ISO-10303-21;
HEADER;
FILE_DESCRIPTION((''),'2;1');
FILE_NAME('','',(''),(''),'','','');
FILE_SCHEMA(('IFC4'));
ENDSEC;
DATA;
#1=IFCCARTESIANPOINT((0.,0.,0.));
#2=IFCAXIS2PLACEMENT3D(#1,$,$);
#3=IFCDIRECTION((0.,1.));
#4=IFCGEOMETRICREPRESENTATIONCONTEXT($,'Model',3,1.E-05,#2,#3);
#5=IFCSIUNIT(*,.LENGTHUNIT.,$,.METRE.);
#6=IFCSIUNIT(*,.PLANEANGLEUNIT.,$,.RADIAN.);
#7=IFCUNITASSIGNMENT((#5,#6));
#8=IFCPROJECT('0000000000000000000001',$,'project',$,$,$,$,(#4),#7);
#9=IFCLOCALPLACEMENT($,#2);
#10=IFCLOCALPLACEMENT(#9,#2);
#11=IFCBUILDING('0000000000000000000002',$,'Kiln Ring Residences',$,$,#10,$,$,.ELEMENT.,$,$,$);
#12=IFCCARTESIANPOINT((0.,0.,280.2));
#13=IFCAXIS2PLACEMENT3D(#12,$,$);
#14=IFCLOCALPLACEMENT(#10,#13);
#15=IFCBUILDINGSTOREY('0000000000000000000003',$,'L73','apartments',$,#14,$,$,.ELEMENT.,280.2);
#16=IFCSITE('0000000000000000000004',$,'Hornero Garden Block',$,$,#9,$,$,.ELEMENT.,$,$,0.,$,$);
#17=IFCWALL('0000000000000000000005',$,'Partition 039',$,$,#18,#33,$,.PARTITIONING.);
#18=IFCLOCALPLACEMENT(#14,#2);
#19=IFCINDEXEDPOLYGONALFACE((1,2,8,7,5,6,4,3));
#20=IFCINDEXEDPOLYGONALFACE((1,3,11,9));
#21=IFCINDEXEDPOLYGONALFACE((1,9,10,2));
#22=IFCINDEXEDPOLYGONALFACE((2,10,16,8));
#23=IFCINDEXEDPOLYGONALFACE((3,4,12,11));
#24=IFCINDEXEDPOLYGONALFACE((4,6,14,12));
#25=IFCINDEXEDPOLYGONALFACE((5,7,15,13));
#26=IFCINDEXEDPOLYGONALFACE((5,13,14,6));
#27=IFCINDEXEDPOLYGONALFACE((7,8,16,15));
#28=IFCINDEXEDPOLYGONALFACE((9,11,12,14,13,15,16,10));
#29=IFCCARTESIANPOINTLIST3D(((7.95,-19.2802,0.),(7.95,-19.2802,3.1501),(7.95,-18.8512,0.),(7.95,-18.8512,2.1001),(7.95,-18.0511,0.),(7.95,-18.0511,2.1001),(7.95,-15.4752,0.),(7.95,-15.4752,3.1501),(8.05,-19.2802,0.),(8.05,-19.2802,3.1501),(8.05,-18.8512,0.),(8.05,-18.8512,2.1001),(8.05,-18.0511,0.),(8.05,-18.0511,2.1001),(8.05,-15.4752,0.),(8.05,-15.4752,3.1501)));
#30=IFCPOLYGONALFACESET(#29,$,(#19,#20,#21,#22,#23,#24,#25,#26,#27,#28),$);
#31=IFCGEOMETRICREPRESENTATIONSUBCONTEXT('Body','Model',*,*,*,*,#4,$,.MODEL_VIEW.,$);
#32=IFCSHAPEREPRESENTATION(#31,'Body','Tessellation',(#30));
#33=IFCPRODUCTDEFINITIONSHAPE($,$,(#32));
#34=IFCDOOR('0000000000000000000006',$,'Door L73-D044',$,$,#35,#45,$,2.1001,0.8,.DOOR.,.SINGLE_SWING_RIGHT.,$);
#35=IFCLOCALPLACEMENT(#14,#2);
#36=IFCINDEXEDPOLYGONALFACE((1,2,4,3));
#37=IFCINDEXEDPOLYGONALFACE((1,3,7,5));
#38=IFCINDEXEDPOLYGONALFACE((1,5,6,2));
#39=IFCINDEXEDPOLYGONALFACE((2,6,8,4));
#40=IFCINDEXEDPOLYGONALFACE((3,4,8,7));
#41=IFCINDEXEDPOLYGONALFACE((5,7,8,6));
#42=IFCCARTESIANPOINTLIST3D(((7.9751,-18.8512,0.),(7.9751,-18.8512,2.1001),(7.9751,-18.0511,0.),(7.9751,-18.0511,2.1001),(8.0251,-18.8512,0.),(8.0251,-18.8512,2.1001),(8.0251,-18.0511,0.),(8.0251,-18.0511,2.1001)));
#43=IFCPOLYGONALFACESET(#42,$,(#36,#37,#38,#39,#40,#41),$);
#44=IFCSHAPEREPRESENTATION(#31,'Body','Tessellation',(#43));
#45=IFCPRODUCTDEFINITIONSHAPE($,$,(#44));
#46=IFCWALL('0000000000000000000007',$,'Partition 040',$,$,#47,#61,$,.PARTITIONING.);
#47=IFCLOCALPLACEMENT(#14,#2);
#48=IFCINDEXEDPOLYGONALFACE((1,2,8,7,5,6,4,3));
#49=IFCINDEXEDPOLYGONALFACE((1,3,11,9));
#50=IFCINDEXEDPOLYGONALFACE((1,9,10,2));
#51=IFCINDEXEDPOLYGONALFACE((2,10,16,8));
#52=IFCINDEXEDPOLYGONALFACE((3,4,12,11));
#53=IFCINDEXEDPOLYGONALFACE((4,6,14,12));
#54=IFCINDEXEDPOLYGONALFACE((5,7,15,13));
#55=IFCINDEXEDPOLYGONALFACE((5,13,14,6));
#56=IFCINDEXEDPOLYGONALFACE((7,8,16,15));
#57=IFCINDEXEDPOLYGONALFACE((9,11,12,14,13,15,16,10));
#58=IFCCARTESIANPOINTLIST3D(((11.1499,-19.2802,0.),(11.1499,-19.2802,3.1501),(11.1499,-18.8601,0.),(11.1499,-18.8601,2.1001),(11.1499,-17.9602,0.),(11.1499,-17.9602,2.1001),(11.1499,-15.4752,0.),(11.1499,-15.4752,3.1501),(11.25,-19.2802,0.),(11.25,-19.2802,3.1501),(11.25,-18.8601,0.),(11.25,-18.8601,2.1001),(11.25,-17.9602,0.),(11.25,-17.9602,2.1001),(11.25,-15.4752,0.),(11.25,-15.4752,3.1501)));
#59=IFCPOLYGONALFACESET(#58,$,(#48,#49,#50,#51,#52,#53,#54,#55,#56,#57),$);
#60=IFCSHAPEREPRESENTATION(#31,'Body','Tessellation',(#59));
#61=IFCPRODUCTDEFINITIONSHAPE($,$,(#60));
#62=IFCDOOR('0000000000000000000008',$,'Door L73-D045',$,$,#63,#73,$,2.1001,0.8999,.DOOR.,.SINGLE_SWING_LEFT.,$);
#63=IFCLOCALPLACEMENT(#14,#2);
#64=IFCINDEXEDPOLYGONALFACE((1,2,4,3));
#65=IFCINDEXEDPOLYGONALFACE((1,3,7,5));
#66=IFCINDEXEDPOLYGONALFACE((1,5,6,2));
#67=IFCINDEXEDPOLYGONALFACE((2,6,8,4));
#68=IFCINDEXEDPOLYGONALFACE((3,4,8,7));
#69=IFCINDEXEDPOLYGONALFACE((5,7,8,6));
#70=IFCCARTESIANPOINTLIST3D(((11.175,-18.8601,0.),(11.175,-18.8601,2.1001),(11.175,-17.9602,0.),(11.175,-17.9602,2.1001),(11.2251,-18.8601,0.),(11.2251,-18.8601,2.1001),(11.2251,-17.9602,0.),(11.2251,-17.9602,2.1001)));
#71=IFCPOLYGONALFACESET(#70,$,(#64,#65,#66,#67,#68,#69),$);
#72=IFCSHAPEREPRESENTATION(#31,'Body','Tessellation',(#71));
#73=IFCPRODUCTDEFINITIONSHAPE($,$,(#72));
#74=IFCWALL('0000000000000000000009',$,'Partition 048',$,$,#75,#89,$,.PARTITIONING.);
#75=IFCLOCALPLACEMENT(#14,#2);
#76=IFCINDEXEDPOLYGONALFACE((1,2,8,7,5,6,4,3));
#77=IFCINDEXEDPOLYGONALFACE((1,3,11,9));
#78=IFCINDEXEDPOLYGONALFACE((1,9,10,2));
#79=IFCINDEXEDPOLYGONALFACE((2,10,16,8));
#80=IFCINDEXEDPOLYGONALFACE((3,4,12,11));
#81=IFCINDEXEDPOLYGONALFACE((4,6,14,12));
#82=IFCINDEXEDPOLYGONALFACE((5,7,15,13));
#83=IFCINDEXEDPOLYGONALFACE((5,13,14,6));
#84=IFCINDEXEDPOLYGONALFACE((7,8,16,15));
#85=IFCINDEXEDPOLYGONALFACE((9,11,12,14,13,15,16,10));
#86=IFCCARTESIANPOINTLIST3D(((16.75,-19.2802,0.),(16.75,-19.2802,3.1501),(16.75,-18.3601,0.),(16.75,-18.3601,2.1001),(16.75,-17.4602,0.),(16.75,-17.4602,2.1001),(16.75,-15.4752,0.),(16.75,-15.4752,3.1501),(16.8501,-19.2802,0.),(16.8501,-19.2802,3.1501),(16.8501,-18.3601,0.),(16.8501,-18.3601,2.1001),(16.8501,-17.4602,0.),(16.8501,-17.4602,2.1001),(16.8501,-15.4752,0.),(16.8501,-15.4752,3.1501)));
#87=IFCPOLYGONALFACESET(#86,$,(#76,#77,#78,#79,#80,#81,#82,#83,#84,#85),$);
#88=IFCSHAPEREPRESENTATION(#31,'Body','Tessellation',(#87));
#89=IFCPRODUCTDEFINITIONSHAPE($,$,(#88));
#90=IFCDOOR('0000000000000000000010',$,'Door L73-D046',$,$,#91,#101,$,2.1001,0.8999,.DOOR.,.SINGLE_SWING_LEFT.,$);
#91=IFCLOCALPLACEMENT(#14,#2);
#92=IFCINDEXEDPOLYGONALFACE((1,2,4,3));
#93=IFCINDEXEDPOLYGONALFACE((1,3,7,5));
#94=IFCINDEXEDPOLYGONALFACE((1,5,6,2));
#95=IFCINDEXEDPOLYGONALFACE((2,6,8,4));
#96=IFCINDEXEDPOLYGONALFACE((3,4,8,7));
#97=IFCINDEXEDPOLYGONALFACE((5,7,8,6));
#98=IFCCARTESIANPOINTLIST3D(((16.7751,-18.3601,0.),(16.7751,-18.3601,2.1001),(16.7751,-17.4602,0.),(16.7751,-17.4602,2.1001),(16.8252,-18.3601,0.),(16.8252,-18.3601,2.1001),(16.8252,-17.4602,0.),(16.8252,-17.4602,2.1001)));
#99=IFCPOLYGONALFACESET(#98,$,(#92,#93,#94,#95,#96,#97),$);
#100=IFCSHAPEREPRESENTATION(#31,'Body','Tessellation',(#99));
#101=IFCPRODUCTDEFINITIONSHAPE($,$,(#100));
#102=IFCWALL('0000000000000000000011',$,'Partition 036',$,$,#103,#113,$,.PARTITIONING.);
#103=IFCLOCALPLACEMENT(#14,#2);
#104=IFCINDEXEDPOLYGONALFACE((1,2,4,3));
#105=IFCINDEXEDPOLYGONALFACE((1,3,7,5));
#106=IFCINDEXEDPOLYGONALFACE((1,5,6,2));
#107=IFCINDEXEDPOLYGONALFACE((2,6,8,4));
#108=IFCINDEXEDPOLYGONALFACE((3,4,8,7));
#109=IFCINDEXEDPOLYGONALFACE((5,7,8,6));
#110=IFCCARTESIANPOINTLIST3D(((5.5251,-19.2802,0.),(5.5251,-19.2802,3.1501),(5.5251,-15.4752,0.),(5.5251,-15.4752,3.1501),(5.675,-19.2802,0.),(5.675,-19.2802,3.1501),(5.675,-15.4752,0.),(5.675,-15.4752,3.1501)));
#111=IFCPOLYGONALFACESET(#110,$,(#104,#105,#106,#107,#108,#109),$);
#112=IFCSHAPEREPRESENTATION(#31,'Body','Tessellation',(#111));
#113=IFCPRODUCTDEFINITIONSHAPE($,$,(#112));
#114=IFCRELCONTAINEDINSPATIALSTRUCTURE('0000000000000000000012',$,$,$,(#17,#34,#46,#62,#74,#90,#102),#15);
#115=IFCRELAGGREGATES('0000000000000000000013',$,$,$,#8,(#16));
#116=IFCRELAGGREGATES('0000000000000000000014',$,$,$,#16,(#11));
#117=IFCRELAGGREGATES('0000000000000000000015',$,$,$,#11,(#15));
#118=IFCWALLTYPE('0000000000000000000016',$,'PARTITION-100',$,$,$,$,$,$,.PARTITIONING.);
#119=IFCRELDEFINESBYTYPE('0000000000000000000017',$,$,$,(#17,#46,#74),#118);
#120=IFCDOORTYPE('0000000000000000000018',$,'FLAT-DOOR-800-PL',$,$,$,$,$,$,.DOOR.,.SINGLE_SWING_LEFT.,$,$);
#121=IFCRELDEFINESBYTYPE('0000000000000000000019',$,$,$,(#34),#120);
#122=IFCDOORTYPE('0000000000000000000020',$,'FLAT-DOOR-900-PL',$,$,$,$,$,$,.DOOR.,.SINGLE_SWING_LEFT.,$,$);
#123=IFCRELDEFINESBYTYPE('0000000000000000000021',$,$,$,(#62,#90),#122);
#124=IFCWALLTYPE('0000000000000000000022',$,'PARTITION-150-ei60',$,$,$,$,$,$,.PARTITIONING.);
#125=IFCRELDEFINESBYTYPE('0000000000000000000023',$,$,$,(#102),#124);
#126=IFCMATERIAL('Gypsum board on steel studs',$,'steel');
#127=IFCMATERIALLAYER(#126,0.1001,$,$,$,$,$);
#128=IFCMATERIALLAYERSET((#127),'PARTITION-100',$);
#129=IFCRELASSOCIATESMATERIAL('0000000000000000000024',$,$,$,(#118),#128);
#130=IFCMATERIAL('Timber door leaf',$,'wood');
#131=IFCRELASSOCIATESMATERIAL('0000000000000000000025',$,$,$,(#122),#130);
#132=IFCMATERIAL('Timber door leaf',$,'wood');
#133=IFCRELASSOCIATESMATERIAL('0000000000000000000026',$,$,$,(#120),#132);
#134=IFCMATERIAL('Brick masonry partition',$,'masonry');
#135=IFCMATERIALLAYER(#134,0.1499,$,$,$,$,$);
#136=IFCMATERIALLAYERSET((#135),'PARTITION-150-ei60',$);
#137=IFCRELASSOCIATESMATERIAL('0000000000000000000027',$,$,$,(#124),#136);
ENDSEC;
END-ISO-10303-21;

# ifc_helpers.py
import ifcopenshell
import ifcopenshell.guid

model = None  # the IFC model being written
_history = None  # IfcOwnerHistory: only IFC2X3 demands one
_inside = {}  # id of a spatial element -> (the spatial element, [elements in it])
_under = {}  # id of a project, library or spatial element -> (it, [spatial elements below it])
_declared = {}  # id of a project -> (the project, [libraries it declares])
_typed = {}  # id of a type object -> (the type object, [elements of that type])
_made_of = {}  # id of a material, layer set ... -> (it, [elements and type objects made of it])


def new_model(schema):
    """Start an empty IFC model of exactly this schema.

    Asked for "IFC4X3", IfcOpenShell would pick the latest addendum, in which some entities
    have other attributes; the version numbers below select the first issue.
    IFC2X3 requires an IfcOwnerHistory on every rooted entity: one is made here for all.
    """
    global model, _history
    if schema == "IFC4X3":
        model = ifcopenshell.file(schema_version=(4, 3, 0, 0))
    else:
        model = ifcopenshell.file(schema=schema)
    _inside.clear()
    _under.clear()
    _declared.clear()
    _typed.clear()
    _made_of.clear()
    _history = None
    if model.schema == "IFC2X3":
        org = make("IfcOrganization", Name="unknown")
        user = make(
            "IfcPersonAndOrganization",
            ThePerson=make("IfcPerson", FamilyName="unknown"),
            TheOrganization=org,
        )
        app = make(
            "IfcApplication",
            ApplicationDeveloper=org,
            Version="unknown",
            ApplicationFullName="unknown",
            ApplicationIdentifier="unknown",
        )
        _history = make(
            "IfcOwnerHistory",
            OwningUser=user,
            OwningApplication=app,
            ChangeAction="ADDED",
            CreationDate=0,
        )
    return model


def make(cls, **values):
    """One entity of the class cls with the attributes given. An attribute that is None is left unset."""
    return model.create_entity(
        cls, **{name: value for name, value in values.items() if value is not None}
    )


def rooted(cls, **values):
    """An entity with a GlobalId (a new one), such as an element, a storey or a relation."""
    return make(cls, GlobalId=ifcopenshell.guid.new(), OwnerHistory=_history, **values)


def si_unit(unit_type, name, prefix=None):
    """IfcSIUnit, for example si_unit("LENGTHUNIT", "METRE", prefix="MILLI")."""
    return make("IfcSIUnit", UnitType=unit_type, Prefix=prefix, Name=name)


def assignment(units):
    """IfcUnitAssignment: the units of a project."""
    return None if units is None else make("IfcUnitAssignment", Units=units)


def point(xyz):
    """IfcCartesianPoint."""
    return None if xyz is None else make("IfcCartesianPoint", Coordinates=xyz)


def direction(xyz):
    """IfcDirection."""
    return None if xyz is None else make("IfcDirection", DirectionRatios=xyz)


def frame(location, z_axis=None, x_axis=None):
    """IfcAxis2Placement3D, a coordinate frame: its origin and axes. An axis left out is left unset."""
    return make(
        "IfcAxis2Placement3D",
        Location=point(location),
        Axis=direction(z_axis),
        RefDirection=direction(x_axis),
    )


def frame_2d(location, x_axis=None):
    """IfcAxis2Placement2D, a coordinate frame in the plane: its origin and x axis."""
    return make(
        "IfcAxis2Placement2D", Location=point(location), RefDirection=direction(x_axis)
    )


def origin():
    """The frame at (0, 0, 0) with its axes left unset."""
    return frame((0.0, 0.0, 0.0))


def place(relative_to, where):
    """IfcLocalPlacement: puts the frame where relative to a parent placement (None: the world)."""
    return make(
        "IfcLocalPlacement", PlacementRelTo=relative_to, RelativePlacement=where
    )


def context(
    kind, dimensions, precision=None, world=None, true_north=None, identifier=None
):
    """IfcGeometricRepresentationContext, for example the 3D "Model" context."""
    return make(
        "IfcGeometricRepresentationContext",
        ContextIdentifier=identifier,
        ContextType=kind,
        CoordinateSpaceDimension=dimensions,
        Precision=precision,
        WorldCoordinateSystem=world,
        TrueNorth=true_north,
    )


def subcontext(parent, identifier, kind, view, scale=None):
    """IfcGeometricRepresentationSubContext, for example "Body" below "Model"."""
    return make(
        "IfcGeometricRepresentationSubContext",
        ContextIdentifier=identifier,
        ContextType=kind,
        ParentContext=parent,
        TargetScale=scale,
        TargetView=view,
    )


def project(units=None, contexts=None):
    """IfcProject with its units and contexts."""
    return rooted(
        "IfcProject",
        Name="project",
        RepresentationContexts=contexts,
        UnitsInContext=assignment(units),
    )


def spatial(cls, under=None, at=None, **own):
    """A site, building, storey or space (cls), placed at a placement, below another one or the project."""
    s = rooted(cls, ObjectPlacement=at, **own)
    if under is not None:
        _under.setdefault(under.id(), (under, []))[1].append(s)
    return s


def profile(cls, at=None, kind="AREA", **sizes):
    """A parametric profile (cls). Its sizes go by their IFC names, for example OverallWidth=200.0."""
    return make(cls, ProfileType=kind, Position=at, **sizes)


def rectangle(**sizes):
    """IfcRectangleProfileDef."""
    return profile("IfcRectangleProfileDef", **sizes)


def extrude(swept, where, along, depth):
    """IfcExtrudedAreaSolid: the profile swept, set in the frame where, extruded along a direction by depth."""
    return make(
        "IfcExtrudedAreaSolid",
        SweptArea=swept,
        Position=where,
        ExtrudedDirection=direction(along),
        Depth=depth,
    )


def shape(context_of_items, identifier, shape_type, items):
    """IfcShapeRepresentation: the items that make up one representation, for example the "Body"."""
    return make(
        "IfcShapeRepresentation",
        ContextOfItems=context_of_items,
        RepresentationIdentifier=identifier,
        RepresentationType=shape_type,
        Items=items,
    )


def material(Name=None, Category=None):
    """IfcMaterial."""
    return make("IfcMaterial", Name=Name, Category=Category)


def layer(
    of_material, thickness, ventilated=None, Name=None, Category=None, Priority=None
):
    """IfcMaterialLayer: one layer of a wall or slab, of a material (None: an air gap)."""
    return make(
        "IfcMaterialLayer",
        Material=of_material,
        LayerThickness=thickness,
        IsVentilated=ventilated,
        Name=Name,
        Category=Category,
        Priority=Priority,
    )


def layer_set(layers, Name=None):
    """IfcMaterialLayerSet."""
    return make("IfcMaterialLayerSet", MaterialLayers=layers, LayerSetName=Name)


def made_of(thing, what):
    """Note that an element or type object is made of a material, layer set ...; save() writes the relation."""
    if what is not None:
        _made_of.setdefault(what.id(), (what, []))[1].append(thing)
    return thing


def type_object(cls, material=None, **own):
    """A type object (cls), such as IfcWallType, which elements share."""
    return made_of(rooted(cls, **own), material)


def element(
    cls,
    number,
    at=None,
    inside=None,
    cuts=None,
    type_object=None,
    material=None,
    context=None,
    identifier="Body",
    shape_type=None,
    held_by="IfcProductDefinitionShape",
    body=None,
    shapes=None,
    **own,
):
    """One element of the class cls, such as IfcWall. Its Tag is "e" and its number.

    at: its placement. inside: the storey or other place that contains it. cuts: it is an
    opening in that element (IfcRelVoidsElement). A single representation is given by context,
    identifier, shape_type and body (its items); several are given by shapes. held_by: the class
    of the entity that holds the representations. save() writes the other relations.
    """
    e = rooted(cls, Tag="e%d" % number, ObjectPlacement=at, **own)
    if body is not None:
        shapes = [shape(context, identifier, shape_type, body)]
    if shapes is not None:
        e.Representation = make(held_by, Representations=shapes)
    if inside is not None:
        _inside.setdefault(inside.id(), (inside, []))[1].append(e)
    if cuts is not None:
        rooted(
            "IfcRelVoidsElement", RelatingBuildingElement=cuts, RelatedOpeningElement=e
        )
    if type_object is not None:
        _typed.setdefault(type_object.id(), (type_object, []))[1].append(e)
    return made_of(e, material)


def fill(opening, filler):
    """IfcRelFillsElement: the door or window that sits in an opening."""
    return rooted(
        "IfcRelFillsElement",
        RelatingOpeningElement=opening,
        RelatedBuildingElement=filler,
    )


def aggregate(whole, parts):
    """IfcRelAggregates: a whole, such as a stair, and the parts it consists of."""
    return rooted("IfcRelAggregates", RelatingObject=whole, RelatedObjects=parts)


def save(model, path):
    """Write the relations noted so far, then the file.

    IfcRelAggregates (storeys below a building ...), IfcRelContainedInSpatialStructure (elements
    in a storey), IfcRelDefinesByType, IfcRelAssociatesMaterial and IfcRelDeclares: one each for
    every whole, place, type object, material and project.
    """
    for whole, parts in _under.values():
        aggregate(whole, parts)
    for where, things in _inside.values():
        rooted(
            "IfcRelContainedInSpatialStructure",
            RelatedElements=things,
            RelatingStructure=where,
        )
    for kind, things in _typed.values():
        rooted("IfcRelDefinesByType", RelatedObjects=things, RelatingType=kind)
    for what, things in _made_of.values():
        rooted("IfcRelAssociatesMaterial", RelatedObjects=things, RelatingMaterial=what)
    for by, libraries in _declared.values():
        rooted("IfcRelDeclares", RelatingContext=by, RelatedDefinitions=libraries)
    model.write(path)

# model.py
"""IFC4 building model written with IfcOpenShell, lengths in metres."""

from ifc_helpers import new_model, si_unit, direction, frame, frame_2d, origin, place, context, subcontext, project, spatial, rectangle, extrude, material, layer, layer_set, type_object, element, fill, save


model = new_model("IFC4")

# Units and contexts
model_context = context("Model", 3, precision=1e-05, world=origin(), true_north=direction((0.0, 1.0)))
body_context = subcontext(model_context, "Body", "Model", "MODEL_VIEW")
ifc_project = project(units=[si_unit("LENGTHUNIT", "METRE"), si_unit("PLANEANGLEUNIT", "RADIAN")], contexts=[model_context])

# Site, building, storey
site_placement = place(None, origin())
site = spatial("IfcSite", under=ifc_project, at=site_placement, Name="Hornero Garden Block", CompositionType="ELEMENT", RefElevation=0.0)
building_placement = place(site_placement, origin())
building = spatial("IfcBuilding", under=site, at=building_placement, Name="Kiln Ring Residences", CompositionType="ELEMENT")
storey_placement = place(building_placement, frame((0.0, 0.0, 280.2)))
storey = spatial("IfcBuildingStorey", under=building, at=storey_placement, Name="L73", Description="apartments", CompositionType="ELEMENT", Elevation=280.2)

# Walls, openings, doors
ifc_material_1 = material(Name="Gypsum board on steel studs", Category="steel")
ifc_layer_1 = layer(ifc_material_1, 0.1001)
ifc_layer_set_1 = layer_set([ifc_layer_1], Name="PARTITION-100")
wall_type_1 = type_object("IfcWallType", Name="PARTITION-100", PredefinedType="PARTITIONING", material=ifc_layer_set_1)
ifc_material_2 = material(Name="Timber door leaf", Category="wood")
door_type_1 = type_object("IfcDoorType", Name="FLAT-DOOR-900-PL", OperationType="SINGLE_SWING_LEFT", PredefinedType="DOOR", material=ifc_material_2)
wall_1_placement = place(storey_placement, frame((8.0, -19.28, 0.0), z_axis=(0.0, 0.0, 1.0), x_axis=(0.0, 1.0, 0.0)))
wall_1 = element("IfcWall", 1, at=wall_1_placement, inside=storey, type_object=wall_type_1, Name="Partition 039", PredefinedType="PARTITIONING", context=body_context, shape_type="SweptSolid", body=[
    extrude(rectangle(XDim=3.8049, YDim=0.1001, at=frame_2d((1.9023, 0.0))), origin(), (0.0, 0.0, 1.0), 3.1501),
])
opening_1_placement = place(wall_1_placement, frame((0.429, 0.0, 0.0)))
opening_1 = element("IfcOpeningElement", 2, at=opening_1_placement, cuts=wall_1, PredefinedType="OPENING", context=body_context, shape_type="SweptSolid", body=[
    extrude(rectangle(XDim=0.8, YDim=2.1001, at=frame_2d((0.3999, 1.05))), frame((0.0, 0.0601, 0.0), z_axis=(0.0, -1.0, 0.0), x_axis=(1.0, 0.0, 0.0)), (0.0, 0.0, 1.0), 0.1201),
])
ifc_material_3 = material(Name="Timber door leaf", Category="wood")
door_type_2 = type_object("IfcDoorType", Name="FLAT-DOOR-800-PL", OperationType="SINGLE_SWING_LEFT", PredefinedType="DOOR", material=ifc_material_3)
door_1_placement = place(opening_1_placement, origin())
door_1 = element("IfcDoor", 3, at=door_1_placement, inside=storey, type_object=door_type_2, Name="Door L73-D044", OperationType="SINGLE_SWING_RIGHT", OverallHeight=2.1001, OverallWidth=0.8, PredefinedType="DOOR", context=body_context, shape_type="SweptSolid", body=[
    extrude(rectangle(XDim=0.8, YDim=2.1001, at=frame_2d((0.3999, 1.05))), frame((0.0, 0.0249, 0.0), z_axis=(0.0, -1.0, 0.0), x_axis=(1.0, 0.0, 0.0)), (0.0, 0.0, 1.0), 0.05),
])
fill(opening_1, door_1)
wall_2_placement = place(storey_placement, frame((11.2, -19.28, 0.0), z_axis=(0.0, 0.0, 1.0), x_axis=(0.0, 1.0, 0.0)))
wall_2 = element("IfcWall", 4, at=wall_2_placement, inside=storey, type_object=wall_type_1, Name="Partition 040", PredefinedType="PARTITIONING", context=body_context, shape_type="SweptSolid", body=[
    extrude(rectangle(XDim=3.8049, YDim=0.1001, at=frame_2d((1.9023, 0.0))), origin(), (0.0, 0.0, 1.0), 3.1501),
])
opening_2_placement = place(wall_2_placement, frame((0.4199, 0.0, 0.0)))
opening_2 = element("IfcOpeningElement", 5, at=opening_2_placement, cuts=wall_2, PredefinedType="OPENING", context=body_context, shape_type="SweptSolid", body=[
    extrude(rectangle(XDim=0.8999, YDim=2.1001, at=frame_2d((0.45, 1.05))), frame((0.0, 0.0601, 0.0), z_axis=(0.0, -1.0, 0.0), x_axis=(1.0, 0.0, 0.0)), (0.0, 0.0, 1.0), 0.1201),
])
door_2_placement = place(opening_2_placement, origin())
door_2 = element("IfcDoor", 6, at=door_2_placement, inside=storey, type_object=door_type_1, Name="Door L73-D045", OperationType="SINGLE_SWING_LEFT", OverallHeight=2.1001, OverallWidth=0.8999, PredefinedType="DOOR", context=body_context, shape_type="SweptSolid", body=[
    extrude(rectangle(XDim=0.8999, YDim=2.1001, at=frame_2d((0.45, 1.05))), frame((0.0, 0.0249, 0.0), z_axis=(0.0, -1.0, 0.0), x_axis=(1.0, 0.0, 0.0)), (0.0, 0.0, 1.0), 0.05),
])
fill(opening_2, door_2)
wall_3_placement = place(storey_placement, frame((16.8, -19.28, 0.0), z_axis=(0.0, 0.0, 1.0), x_axis=(0.0, 1.0, 0.0)))
wall_3 = element("IfcWall", 7, at=wall_3_placement, inside=storey, type_object=wall_type_1, Name="Partition 048", PredefinedType="PARTITIONING", context=body_context, shape_type="SweptSolid", body=[
    extrude(rectangle(XDim=3.8049, YDim=0.1001, at=frame_2d((1.9023, 0.0))), origin(), (0.0, 0.0, 1.0), 3.1501),
])
opening_3_placement = place(wall_3_placement, frame((0.9199, 0.0, 0.0)))
opening_3 = element("IfcOpeningElement", 8, at=opening_3_placement, cuts=wall_3, PredefinedType="OPENING", context=body_context, shape_type="SweptSolid", body=[
    extrude(rectangle(XDim=0.8999, YDim=2.1001, at=frame_2d((0.45, 1.05))), frame((0.0, 0.0601, 0.0), z_axis=(0.0, -1.0, 0.0), x_axis=(1.0, 0.0, 0.0)), (0.0, 0.0, 1.0), 0.1201),
])
door_3_placement = place(opening_3_placement, origin())
door_3 = element("IfcDoor", 9, at=door_3_placement, inside=storey, type_object=door_type_1, Name="Door L73-D046", OperationType="SINGLE_SWING_LEFT", OverallHeight=2.1001, OverallWidth=0.8999, PredefinedType="DOOR", context=body_context, shape_type="SweptSolid", body=[
    extrude(rectangle(XDim=0.8999, YDim=2.1001, at=frame_2d((0.45, 1.05))), frame((0.0, 0.0249, 0.0), z_axis=(0.0, -1.0, 0.0), x_axis=(1.0, 0.0, 0.0)), (0.0, 0.0, 1.0), 0.05),
])
fill(opening_3, door_3)

# Wall
ifc_material_4 = material(Name="Brick masonry partition", Category="masonry")
ifc_layer_2 = layer(ifc_material_4, 0.1499)
ifc_layer_set_2 = layer_set([ifc_layer_2], Name="PARTITION-150-ei60")
wall_type_2 = type_object("IfcWallType", Name="PARTITION-150-ei60", PredefinedType="PARTITIONING", material=ifc_layer_set_2)
wall_4_placement = place(storey_placement, frame((5.6001, -19.28, 0.0), z_axis=(0.0, 0.0, 1.0), x_axis=(0.0, 1.0, 0.0)))
element("IfcWall", 10, at=wall_4_placement, inside=storey, type_object=wall_type_2, Name="Partition 036", PredefinedType="PARTITIONING", context=body_context, shape_type="SweptSolid", body=[
    extrude(rectangle(XDim=3.8049, YDim=0.1499, at=frame_2d((1.9023, 0.0))), origin(), (0.0, 0.0, 1.0), 3.1501),
])

save(model, "model.ifc")
